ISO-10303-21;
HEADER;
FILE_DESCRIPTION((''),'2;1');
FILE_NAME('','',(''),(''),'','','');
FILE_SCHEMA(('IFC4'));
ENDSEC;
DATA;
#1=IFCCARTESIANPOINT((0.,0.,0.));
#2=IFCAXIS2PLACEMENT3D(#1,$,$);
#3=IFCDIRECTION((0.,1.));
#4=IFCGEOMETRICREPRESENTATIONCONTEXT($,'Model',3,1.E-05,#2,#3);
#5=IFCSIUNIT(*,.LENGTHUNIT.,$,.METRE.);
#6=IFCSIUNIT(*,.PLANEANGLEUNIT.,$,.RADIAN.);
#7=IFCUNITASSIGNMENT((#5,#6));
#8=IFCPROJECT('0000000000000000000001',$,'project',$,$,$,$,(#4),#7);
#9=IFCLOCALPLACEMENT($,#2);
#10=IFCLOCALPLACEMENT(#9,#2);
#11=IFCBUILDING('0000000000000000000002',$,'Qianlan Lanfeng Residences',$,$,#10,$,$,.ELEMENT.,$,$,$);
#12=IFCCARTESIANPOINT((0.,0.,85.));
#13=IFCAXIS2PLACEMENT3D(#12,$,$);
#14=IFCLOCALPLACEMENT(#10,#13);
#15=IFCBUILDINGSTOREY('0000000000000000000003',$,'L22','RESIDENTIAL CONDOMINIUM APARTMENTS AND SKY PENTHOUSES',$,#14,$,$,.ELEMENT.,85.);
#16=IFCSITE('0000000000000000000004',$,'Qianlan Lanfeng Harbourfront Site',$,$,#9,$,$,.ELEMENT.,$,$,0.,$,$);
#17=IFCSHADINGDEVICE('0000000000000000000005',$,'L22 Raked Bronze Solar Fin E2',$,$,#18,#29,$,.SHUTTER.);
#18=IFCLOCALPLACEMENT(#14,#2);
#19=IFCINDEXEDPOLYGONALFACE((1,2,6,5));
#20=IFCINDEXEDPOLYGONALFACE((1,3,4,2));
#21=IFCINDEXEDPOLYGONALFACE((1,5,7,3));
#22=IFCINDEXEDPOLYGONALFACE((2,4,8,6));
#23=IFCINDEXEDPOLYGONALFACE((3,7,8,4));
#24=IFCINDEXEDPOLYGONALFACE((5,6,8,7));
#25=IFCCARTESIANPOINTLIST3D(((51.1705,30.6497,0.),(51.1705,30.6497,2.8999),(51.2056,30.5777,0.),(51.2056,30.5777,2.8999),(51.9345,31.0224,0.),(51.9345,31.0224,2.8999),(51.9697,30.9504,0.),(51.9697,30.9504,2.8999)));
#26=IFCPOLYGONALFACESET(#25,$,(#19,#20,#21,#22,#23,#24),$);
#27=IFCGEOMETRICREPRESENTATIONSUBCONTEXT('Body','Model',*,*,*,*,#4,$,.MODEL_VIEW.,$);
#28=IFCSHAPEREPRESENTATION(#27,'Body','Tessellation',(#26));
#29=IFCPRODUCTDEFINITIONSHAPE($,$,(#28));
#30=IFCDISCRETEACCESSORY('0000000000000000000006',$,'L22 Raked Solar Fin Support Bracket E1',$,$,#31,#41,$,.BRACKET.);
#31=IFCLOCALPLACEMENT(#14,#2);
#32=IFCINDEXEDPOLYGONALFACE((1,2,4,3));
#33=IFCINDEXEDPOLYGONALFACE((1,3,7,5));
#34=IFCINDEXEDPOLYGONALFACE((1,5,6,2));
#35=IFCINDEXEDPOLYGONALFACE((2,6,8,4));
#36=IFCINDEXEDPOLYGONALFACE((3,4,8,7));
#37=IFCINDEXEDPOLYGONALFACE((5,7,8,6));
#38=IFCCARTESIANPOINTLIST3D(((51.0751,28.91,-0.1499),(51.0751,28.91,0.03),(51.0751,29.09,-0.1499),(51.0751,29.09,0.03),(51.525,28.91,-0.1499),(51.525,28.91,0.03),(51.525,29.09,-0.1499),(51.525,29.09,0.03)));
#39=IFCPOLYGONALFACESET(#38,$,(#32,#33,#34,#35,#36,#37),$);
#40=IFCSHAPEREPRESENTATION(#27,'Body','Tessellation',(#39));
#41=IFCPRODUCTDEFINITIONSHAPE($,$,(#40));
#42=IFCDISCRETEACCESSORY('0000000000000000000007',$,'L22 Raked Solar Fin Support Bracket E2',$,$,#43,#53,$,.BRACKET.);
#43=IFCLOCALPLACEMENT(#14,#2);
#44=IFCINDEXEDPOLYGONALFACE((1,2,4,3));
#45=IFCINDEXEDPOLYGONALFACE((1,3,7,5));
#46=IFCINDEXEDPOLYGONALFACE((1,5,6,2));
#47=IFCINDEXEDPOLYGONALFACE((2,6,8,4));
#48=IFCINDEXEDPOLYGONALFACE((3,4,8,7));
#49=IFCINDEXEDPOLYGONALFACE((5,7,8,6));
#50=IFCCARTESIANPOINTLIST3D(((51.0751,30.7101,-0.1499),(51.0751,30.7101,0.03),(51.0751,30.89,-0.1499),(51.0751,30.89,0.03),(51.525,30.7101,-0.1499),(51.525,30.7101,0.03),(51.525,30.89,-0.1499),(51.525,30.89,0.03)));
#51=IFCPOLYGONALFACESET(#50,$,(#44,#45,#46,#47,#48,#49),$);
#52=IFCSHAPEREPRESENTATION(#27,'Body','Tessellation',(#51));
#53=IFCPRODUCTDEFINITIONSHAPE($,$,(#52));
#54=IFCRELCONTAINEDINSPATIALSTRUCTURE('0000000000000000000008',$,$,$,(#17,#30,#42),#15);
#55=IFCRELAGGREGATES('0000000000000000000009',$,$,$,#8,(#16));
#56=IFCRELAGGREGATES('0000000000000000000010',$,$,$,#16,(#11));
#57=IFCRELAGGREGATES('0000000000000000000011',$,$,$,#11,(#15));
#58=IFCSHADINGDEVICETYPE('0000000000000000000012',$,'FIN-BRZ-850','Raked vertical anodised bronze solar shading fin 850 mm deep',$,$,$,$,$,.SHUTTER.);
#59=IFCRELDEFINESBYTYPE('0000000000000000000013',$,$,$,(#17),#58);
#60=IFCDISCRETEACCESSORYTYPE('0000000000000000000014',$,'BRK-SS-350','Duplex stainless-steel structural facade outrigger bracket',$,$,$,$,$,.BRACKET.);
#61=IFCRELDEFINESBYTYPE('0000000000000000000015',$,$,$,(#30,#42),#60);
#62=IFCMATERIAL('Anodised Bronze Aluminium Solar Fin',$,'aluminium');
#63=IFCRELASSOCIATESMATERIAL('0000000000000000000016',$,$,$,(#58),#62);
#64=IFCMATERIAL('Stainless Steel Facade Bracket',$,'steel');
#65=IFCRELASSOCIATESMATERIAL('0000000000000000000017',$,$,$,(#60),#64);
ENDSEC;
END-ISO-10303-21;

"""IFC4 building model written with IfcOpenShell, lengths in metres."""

from ifc_helpers import new_model, si_unit, direction, frame, origin, origin_2d, place, context, subcontext, project, spatial, rectangle, extrude, source, transform, mapped, material, type_object, element, save


model = new_model("IFC4")

# Units and contexts
model_context = context("Model", 3, precision=1e-05, world=origin(), true_north=direction((0.0, 1.0)))
body_context = subcontext(model_context, "Body", "Model", "MODEL_VIEW")
ifc_project = project(units=[si_unit("LENGTHUNIT", "METRE"), si_unit("PLANEANGLEUNIT", "RADIAN")], contexts=[model_context])

# Site, building, storey
site_placement = place(None, origin())
site = spatial("IfcSite", under=ifc_project, at=site_placement, Name="Qianlan Lanfeng Harbourfront Site", CompositionType="ELEMENT", RefElevation=0.0)
building_placement = place(site_placement, origin())
building = spatial("IfcBuilding", under=site, at=building_placement, Name="Qianlan Lanfeng Residences", CompositionType="ELEMENT")
storey_placement = place(building_placement, frame((0.0, 0.0, 85.0)))
storey = spatial("IfcBuildingStorey", under=building, at=storey_placement, Name="L22", Description="RESIDENTIAL CONDOMINIUM APARTMENTS AND SKY PENTHOUSES", CompositionType="ELEMENT", Elevation=85.0)

# Shading device
ifc_material_1 = material(Name="Anodised Bronze Aluminium Solar Fin", Category="aluminium")
shading_device_type = type_object("IfcShadingDeviceType", Name="FIN-BRZ-850", Description="Raked vertical anodised bronze solar shading fin 850 mm deep", PredefinedType="SHUTTER", material=ifc_material_1)
shared_shape_1 = source(origin(), body_context, "Body", "SweptSolid", [
    extrude(rectangle(XDim=0.8501, YDim=0.0801, at=origin_2d()), origin(), (0.0, 0.0, 1.0), 2.8999),
])
for number, where, z_axis, x_axis, name in (
    (1, (51.5701, 30.8, 0.0), (0.0, 0.0, 1.0), (0.898794, 0.438371, 0.0), "L22 Raked Bronze Solar Fin E2"),
):
    element("IfcShadingDevice", number, at=place(storey_placement, frame(where, z_axis=z_axis, x_axis=x_axis)), inside=storey, type_object=shading_device_type, Name=name, PredefinedType="SHUTTER", context=body_context, shape_type="MappedRepresentation", body=[
        mapped(shared_shape_1, transform((0.0, 0.0, 0.0), scale=1.0)),
    ])

# Discrete accessories
ifc_material_2 = material(Name="Stainless Steel Facade Bracket", Category="steel")
discrete_accessory_type = type_object("IfcDiscreteAccessoryType", Name="BRK-SS-350", Description="Duplex stainless-steel structural facade outrigger bracket", PredefinedType="BRACKET", material=ifc_material_2)
shared_shape_2 = source(origin(), body_context, "Body", "SweptSolid", [
    extrude(rectangle(XDim=0.45, YDim=0.1799, at=origin_2d()), origin(), (0.0, 0.0, 1.0), 0.1799),
])
for number, where, z_axis, x_axis, name in (
    (2, (51.3, 29.0, -0.1499), (0.0, 0.0, 1.0), (1.0, 0.0, 0.0), "L22 Raked Solar Fin Support Bracket E1"),
    (3, (51.3, 30.8, -0.1499), (0.0, 0.0, 1.0), (1.0, 0.0, 0.0), "L22 Raked Solar Fin Support Bracket E2"),
):
    element("IfcDiscreteAccessory", number, at=place(storey_placement, frame(where, z_axis=z_axis, x_axis=x_axis)), inside=storey, type_object=discrete_accessory_type, Name=name, PredefinedType="BRACKET", context=body_context, shape_type="MappedRepresentation", body=[
        mapped(shared_shape_2, transform((0.0, 0.0, 0.0), scale=1.0)),
    ])

save(model, "model.ifc")
